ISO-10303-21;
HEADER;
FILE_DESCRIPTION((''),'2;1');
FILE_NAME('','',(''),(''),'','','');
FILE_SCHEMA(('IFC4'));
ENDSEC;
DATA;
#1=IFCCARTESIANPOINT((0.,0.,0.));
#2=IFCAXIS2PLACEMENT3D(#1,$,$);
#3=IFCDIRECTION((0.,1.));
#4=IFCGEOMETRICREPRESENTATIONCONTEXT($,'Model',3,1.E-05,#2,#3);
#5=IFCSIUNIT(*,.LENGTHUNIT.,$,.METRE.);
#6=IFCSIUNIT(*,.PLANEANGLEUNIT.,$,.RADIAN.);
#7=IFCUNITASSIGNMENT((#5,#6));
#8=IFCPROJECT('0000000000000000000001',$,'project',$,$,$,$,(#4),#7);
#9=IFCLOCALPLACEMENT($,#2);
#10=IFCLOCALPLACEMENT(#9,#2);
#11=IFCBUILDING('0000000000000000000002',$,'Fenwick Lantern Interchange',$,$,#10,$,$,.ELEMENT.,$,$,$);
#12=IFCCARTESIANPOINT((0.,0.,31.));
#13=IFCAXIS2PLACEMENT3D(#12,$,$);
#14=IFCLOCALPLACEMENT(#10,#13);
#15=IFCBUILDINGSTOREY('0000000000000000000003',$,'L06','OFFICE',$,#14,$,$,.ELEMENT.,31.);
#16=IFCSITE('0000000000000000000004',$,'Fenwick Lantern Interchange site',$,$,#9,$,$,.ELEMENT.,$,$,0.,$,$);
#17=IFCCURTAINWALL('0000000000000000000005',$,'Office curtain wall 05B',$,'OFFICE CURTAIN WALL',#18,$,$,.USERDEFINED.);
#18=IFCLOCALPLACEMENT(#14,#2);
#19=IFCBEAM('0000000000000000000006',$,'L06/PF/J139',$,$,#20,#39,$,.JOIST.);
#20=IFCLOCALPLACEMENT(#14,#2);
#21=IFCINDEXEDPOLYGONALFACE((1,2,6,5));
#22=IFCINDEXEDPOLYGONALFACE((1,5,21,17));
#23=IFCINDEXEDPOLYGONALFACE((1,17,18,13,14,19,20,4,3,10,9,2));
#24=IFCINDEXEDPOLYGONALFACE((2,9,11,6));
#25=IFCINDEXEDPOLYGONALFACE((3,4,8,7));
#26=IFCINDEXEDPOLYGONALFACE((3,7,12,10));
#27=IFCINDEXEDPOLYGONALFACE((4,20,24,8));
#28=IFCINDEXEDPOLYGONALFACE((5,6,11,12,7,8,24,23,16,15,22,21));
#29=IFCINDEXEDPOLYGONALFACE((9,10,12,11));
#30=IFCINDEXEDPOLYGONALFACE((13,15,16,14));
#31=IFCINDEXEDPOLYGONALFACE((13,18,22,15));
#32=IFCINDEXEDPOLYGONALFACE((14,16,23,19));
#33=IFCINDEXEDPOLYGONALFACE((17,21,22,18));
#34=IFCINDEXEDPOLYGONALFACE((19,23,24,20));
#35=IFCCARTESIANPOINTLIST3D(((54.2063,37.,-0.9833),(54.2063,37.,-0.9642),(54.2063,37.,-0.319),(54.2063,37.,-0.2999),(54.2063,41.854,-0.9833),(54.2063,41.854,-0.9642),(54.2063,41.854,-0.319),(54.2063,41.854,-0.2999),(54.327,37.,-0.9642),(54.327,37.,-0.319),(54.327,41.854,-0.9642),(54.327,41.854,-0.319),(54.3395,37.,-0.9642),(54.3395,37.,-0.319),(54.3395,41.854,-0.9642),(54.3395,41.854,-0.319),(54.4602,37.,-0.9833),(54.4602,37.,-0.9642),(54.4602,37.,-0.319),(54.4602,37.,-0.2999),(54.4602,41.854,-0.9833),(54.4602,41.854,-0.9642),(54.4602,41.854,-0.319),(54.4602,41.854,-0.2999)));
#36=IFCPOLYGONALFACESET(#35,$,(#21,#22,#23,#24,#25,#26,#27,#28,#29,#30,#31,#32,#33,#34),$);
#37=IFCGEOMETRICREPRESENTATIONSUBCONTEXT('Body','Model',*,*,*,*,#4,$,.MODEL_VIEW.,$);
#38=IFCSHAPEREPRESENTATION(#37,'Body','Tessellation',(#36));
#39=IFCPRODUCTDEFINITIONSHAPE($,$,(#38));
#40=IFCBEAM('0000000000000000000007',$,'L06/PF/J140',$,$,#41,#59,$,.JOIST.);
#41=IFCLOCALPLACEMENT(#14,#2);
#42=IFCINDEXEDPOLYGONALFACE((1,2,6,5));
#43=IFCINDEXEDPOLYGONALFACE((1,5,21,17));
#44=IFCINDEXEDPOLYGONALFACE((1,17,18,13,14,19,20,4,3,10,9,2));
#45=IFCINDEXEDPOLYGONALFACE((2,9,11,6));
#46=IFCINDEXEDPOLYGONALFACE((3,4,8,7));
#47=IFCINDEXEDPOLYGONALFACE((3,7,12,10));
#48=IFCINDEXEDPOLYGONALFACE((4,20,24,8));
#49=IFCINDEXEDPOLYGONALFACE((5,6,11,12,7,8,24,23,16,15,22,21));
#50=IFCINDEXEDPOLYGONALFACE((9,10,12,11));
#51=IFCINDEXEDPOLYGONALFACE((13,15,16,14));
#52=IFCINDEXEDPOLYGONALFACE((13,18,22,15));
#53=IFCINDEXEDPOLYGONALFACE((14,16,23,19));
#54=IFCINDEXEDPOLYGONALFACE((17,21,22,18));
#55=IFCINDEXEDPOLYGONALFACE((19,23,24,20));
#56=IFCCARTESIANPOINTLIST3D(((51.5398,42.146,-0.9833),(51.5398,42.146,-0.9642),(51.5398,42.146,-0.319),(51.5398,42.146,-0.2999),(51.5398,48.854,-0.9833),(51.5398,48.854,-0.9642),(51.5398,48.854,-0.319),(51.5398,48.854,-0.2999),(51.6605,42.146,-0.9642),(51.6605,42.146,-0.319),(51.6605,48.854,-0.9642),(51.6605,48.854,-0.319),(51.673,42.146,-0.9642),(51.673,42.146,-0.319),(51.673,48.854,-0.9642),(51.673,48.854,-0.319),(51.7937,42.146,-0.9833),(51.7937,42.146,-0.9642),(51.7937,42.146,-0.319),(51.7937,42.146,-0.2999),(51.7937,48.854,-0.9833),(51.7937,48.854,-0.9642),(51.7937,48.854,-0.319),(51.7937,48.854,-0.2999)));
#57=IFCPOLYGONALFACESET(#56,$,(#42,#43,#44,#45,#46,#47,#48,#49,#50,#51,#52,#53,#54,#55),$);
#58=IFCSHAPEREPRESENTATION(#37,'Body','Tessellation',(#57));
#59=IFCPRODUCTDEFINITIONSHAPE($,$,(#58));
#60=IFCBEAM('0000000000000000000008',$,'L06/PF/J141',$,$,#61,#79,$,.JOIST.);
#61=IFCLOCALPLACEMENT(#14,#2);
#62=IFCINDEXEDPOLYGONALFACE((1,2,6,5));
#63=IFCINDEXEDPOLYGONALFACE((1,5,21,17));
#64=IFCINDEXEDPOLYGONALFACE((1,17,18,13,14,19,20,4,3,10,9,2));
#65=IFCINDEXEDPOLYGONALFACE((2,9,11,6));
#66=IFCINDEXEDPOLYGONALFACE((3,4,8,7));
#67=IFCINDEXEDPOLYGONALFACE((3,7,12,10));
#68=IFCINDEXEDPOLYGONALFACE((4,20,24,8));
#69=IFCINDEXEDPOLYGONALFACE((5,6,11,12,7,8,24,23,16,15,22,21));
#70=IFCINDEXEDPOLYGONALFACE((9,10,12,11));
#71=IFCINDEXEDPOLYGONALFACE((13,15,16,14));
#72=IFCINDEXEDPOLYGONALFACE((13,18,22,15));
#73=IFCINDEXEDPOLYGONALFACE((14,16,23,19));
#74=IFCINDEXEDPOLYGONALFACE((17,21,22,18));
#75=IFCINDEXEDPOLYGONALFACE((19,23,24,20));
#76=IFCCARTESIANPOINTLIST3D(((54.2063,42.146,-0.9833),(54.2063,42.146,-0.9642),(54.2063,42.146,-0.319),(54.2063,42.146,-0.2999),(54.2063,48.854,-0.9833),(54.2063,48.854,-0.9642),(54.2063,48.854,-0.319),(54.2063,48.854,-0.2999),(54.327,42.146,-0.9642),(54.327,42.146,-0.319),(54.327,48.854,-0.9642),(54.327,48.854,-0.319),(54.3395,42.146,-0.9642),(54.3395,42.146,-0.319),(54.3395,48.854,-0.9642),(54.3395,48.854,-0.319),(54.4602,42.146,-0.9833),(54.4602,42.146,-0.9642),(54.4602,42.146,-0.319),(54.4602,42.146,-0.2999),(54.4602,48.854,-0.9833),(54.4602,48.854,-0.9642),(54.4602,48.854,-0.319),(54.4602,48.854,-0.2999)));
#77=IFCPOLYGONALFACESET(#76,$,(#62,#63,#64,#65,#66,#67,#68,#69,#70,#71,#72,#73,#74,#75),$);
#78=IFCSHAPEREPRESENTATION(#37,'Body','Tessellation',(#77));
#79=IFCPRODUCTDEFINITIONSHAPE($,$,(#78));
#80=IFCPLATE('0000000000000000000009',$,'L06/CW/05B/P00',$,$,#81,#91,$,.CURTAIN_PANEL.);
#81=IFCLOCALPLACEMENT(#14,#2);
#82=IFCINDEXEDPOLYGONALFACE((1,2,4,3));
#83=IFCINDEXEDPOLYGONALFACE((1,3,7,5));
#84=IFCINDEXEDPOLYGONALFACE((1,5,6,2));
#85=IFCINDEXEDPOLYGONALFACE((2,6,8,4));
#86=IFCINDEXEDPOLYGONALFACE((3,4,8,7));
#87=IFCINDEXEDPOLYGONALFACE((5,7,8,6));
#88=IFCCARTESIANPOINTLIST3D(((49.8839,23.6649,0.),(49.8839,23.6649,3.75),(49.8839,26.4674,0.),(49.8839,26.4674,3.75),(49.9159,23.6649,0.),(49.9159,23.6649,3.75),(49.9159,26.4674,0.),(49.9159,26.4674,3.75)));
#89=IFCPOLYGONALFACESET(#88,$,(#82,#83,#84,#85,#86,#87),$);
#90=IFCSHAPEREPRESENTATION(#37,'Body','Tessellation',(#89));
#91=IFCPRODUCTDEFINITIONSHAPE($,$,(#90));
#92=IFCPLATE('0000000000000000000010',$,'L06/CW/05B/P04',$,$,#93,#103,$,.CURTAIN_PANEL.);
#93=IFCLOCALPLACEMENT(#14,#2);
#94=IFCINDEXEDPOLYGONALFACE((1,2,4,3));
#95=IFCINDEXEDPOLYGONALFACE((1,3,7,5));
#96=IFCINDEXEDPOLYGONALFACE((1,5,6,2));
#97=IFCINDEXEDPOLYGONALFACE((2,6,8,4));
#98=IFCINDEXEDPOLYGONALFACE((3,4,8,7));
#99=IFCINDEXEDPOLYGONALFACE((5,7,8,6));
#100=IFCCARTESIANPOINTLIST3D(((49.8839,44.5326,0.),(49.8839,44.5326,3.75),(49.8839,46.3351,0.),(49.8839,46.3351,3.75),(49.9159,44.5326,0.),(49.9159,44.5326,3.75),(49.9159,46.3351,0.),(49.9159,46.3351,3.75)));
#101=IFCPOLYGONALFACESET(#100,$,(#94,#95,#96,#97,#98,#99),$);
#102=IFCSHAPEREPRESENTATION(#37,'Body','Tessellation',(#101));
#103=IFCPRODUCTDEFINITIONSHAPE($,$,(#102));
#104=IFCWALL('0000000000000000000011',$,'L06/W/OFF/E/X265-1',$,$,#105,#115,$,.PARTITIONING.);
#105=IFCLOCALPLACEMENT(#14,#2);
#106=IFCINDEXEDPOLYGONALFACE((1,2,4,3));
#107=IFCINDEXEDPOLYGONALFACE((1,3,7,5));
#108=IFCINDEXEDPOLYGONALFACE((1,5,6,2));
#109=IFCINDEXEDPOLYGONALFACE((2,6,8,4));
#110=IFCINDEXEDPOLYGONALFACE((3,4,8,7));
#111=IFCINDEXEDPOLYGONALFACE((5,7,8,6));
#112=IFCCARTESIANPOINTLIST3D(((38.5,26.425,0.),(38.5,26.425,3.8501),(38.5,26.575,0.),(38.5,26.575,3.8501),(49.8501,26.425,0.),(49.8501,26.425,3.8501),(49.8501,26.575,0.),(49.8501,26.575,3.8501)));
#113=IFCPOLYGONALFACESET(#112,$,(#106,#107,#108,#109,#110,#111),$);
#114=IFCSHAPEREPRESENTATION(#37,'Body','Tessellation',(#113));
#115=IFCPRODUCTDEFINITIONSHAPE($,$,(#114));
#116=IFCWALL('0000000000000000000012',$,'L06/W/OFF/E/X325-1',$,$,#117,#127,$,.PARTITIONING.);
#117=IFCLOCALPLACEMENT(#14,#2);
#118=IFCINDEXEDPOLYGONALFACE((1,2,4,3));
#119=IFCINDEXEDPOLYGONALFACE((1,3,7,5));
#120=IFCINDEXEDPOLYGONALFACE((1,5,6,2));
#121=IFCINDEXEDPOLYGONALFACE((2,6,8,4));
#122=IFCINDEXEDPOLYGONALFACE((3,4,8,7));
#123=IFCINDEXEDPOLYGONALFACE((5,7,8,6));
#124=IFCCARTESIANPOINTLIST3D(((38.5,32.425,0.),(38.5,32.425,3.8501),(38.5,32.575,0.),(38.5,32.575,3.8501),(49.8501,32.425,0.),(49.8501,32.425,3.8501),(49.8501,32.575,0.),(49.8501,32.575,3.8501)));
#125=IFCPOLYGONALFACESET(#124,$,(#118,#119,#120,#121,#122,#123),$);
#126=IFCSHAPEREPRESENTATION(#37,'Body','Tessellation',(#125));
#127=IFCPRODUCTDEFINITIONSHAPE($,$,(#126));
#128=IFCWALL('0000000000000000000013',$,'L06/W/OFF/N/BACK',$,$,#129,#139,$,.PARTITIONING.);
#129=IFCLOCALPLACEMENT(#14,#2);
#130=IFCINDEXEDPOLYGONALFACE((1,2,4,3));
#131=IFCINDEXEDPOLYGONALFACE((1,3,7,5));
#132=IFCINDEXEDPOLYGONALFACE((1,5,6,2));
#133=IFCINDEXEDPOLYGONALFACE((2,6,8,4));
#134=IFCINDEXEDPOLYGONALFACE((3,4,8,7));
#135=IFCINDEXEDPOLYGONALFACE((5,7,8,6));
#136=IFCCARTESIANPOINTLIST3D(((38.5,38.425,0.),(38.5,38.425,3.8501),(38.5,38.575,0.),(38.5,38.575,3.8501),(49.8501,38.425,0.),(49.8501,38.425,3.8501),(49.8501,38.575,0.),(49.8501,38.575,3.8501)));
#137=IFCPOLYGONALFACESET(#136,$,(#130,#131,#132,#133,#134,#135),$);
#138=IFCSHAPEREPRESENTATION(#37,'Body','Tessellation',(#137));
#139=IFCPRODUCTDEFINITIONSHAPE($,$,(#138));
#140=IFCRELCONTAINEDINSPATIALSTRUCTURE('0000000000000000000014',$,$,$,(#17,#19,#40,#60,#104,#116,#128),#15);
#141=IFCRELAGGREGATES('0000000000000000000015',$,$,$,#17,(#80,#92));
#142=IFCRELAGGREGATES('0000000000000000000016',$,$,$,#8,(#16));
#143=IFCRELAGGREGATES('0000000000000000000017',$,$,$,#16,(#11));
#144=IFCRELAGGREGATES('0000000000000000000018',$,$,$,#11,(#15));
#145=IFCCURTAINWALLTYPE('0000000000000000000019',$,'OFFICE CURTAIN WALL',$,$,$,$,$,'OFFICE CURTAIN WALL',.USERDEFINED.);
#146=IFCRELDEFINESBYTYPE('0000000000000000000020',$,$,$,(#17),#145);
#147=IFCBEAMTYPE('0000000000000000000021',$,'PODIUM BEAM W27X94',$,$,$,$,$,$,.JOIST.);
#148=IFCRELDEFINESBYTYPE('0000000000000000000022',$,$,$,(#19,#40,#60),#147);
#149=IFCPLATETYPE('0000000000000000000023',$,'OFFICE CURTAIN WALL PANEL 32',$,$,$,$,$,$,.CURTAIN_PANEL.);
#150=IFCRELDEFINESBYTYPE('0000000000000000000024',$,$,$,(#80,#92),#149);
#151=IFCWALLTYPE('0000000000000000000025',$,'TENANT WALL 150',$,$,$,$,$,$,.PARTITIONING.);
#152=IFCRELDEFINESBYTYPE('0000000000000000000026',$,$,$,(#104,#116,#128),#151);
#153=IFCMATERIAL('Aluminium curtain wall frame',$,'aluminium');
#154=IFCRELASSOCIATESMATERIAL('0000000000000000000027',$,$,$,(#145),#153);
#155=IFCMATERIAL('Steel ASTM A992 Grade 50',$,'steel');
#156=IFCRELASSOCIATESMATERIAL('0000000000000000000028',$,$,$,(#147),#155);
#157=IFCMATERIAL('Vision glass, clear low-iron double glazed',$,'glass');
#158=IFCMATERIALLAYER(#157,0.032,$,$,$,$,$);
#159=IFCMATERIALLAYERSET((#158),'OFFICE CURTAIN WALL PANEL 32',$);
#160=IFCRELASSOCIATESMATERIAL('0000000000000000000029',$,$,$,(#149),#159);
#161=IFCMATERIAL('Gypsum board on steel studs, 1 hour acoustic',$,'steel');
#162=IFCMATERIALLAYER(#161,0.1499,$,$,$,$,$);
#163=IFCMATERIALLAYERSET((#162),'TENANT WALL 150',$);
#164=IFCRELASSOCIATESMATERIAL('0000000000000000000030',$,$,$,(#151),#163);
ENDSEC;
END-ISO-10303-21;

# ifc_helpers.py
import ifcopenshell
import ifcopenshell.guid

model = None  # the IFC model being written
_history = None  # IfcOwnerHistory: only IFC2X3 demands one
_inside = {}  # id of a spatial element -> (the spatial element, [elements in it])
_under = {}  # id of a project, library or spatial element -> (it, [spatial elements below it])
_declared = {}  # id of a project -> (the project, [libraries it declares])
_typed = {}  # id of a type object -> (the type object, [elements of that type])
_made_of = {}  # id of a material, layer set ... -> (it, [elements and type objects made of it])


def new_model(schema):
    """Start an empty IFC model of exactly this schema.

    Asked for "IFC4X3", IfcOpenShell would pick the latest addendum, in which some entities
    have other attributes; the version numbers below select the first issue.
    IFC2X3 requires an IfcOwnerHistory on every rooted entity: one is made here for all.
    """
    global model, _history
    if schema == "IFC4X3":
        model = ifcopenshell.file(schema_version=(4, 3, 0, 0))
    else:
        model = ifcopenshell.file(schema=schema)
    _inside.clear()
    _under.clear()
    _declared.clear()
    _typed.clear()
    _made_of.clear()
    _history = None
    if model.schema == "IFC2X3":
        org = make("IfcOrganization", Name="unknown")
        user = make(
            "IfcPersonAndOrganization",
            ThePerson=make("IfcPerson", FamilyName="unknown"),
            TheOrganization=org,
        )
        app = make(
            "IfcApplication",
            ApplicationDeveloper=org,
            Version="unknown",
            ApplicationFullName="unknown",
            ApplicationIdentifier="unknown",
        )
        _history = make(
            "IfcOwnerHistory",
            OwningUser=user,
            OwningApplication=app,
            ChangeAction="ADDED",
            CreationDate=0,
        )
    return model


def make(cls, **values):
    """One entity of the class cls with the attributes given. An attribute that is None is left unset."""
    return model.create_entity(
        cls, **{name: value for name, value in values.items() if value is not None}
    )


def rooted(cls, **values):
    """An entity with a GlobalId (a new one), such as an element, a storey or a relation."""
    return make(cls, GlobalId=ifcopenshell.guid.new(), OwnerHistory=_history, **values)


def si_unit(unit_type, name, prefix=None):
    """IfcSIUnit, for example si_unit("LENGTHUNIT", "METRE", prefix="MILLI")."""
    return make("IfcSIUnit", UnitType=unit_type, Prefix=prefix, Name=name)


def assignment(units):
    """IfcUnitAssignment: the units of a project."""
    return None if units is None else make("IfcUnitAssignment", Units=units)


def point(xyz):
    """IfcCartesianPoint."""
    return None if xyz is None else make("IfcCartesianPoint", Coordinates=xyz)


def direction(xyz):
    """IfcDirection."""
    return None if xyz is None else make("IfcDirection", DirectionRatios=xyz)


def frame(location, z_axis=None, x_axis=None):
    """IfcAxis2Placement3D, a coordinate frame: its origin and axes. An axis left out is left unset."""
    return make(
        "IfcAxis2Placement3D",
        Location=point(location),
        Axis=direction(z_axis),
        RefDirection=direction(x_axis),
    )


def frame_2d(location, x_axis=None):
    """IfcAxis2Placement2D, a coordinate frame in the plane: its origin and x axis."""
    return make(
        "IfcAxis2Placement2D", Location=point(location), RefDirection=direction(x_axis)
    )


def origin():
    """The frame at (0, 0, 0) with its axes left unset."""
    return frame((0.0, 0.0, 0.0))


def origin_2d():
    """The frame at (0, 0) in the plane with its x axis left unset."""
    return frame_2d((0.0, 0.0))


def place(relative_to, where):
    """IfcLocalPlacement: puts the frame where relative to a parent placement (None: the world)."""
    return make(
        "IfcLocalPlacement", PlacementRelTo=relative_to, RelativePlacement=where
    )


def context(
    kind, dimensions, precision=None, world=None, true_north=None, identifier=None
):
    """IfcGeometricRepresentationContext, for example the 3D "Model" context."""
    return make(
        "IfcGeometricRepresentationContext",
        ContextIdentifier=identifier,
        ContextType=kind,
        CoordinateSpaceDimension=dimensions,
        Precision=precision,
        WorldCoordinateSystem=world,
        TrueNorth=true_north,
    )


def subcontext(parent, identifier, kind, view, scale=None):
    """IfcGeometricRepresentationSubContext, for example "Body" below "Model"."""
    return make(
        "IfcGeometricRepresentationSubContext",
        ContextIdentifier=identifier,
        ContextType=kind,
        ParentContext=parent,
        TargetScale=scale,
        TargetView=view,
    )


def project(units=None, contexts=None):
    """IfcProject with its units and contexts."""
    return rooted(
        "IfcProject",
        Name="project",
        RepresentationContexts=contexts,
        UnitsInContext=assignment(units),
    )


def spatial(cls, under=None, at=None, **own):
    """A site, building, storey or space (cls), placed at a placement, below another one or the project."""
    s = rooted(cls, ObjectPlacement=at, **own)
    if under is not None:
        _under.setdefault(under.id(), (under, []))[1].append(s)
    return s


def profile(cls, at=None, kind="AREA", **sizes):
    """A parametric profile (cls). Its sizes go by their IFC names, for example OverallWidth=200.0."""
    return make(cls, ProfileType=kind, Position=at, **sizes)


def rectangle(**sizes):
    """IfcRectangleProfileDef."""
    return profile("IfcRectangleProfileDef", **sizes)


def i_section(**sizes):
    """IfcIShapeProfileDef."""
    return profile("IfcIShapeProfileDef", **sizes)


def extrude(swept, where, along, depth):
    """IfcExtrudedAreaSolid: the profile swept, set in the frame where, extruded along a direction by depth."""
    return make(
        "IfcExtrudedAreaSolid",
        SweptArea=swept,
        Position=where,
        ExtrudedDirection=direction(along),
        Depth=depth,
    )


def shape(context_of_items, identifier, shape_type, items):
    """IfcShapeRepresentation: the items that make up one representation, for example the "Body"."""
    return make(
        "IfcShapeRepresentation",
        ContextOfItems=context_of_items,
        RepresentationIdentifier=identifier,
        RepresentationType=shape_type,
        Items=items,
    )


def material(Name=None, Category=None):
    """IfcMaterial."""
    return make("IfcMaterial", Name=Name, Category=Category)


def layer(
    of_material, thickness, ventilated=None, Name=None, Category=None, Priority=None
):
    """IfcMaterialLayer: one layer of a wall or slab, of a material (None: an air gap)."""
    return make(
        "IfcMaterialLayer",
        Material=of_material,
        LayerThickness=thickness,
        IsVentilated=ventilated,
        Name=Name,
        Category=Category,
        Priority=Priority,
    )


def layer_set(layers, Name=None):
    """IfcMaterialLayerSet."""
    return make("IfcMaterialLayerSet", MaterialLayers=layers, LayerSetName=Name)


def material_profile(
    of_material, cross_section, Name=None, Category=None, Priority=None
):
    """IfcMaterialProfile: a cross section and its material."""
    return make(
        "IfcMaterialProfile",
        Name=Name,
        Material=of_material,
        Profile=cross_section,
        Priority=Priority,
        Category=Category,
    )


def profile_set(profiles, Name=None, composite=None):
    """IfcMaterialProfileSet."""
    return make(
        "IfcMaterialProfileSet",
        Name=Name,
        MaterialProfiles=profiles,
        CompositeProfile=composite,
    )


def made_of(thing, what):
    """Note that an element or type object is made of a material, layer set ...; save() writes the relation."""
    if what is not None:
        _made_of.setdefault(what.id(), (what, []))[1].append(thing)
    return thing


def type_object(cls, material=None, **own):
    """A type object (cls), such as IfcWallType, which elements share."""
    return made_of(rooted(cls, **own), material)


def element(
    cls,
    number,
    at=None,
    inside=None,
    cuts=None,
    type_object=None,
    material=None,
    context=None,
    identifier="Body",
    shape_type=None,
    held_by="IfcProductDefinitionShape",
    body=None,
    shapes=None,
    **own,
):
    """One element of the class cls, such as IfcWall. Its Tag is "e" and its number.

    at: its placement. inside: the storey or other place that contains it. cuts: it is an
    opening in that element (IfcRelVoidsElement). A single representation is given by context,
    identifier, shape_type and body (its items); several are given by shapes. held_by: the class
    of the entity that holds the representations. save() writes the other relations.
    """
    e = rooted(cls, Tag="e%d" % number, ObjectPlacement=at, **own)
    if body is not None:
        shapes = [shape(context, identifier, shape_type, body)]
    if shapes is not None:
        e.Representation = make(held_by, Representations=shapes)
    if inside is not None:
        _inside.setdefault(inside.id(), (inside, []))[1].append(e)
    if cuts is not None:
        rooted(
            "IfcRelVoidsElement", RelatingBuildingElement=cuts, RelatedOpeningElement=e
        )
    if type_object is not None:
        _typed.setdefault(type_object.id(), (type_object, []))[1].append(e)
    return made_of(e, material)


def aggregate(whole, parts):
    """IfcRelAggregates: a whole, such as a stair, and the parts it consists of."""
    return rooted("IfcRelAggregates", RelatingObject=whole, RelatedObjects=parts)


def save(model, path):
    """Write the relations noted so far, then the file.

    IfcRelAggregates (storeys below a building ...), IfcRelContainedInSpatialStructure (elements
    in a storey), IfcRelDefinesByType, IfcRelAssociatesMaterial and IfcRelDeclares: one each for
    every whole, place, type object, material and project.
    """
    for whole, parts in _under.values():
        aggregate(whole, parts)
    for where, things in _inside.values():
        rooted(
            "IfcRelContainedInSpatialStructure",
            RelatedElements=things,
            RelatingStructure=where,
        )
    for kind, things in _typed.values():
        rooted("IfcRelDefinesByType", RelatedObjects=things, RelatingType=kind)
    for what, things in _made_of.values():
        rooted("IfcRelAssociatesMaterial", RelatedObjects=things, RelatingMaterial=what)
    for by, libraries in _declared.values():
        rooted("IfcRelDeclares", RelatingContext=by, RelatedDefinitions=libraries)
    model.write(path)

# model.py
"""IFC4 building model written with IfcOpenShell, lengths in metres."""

from ifc_helpers import new_model, si_unit, direction, frame, frame_2d, origin, origin_2d, place, context, subcontext, project, spatial, rectangle, i_section, extrude, material, layer, layer_set, material_profile, profile_set, type_object, element, aggregate, save


model = new_model("IFC4")

# Units and contexts
model_context = context("Model", 3, precision=1e-05, world=origin(), true_north=direction((0.0, 1.0)))
body_context = subcontext(model_context, "Body", "Model", "MODEL_VIEW")
ifc_project = project(units=[si_unit("LENGTHUNIT", "METRE"), si_unit("PLANEANGLEUNIT", "RADIAN")], contexts=[model_context])

# Site, building, storey
site_placement = place(None, origin())
site = spatial("IfcSite", under=ifc_project, at=site_placement, Name="Fenwick Lantern Interchange site", CompositionType="ELEMENT", RefElevation=0.0)
building_placement = place(site_placement, origin())
building = spatial("IfcBuilding", under=site, at=building_placement, Name="Fenwick Lantern Interchange", CompositionType="ELEMENT")
storey_placement = place(building_placement, frame((0.0, 0.0, 31.0)))
storey = spatial("IfcBuildingStorey", under=building, at=storey_placement, Name="L06", Description="OFFICE", CompositionType="ELEMENT", Elevation=31.0)

# Shared definitions
ifc_material_1 = material(Name="Steel ASTM A992 Grade 50", Category="steel")

# Curtain wall
ifc_material_2 = material(Name="Aluminium curtain wall frame", Category="aluminium")
curtain_wall_type = type_object("IfcCurtainWallType", Name="OFFICE CURTAIN WALL", ElementType="OFFICE CURTAIN WALL", PredefinedType="USERDEFINED", material=ifc_material_2)
curtain_wall_1_placement = place(storey_placement, origin())
curtain_wall_1 = element("IfcCurtainWall", 1, at=curtain_wall_1_placement, inside=storey, type_object=curtain_wall_type, Name="Office curtain wall 05B", ObjectType="OFFICE CURTAIN WALL", PredefinedType="USERDEFINED")

# Beams
ifc_material_profile_1 = material_profile(ifc_material_1, i_section(OverallWidth=0.2539, OverallDepth=0.6833, WebThickness=0.0125, FlangeThickness=0.019, at=origin_2d()), Name="W27X94")
ifc_profile_set_1 = profile_set([ifc_material_profile_1], Name="Steel ASTM A992 Grade 50")
beam_type_1 = type_object("IfcBeamType", Name="PODIUM BEAM W27X94", PredefinedType="JOIST", material=ifc_profile_set_1)
beam_1_placement = place(storey_placement, frame((54.3333, 37.0, -0.6416), z_axis=(0.0, 1.0, 0.0), x_axis=(-1.0, 0.0, 0.0)))
element("IfcBeam", 2, at=beam_1_placement, inside=storey, type_object=beam_type_1, Name="L06/PF/J139", PredefinedType="JOIST", context=body_context, shape_type="SweptSolid", body=[
    extrude(i_section(OverallWidth=0.2539, OverallDepth=0.6833, WebThickness=0.0125, FlangeThickness=0.019, at=origin_2d()), origin(), (0.0, 0.0, 1.0), 4.854),
])
for number, where, z_axis, x_axis, name in (
    (3, (51.6667, 42.146, -0.6416), (0.0, 1.0, 0.0), (-1.0, 0.0, 0.0), "L06/PF/J140"),
    (4, (54.3333, 42.146, -0.6416), (0.0, 1.0, 0.0), (-1.0, 0.0, 0.0), "L06/PF/J141"),
):
    element("IfcBeam", number, at=place(storey_placement, frame(where, z_axis=z_axis, x_axis=x_axis)), inside=storey, type_object=beam_type_1, Name=name, PredefinedType="JOIST", context=body_context, shape_type="SweptSolid", body=[
        extrude(i_section(OverallWidth=0.2539, OverallDepth=0.6833, WebThickness=0.0125, FlangeThickness=0.019, at=origin_2d()), origin(), (0.0, 0.0, 1.0), 6.708),
    ])

# Plates
ifc_material_3 = material(Name="Vision glass, clear low-iron double glazed", Category="glass")
ifc_layer_1 = layer(ifc_material_3, 0.032)
ifc_layer_set_1 = layer_set([ifc_layer_1], Name="OFFICE CURTAIN WALL PANEL 32")
plate_type = type_object("IfcPlateType", Name="OFFICE CURTAIN WALL PANEL 32", PredefinedType="CURTAIN_PANEL", material=ifc_layer_set_1)
plate_1_placement = place(storey_placement, frame((49.8999, 25.0662, 0.0), z_axis=(0.0, 0.0, 1.0), x_axis=(0.0, 1.0, 0.0)))
plate_1 = element("IfcPlate", 5, at=plate_1_placement, type_object=plate_type, Name="L06/CW/05B/P00", PredefinedType="CURTAIN_PANEL", context=body_context, shape_type="SweptSolid", body=[
    extrude(rectangle(XDim=2.8025, YDim=0.032, at=origin_2d()), origin(), (0.0, 0.0, 1.0), 3.75),
])
plate_2_placement = place(storey_placement, frame((49.8999, 45.4338, 0.0), z_axis=(0.0, 0.0, 1.0), x_axis=(0.0, 1.0, 0.0)))
plate_2 = element("IfcPlate", 6, at=plate_2_placement, type_object=plate_type, Name="L06/CW/05B/P04", PredefinedType="CURTAIN_PANEL", context=body_context, shape_type="SweptSolid", body=[
    extrude(rectangle(XDim=1.8025, YDim=0.032, at=origin_2d()), origin(), (0.0, 0.0, 1.0), 3.75),
])
aggregate(curtain_wall_1, [plate_1, plate_2])

# Walls
ifc_material_4 = material(Name="Gypsum board on steel studs, 1 hour acoustic", Category="steel")
ifc_layer_2 = layer(ifc_material_4, 0.1499)
ifc_layer_set_2 = layer_set([ifc_layer_2], Name="TENANT WALL 150")
wall_type = type_object("IfcWallType", Name="TENANT WALL 150", PredefinedType="PARTITIONING", material=ifc_layer_set_2)
for number, where, z_axis, x_axis, name in (
    (7, (49.8501, 26.5, 0.0), (0.0, 0.0, 1.0), (-1.0, 0.0, 0.0), "L06/W/OFF/E/X265-1"),
    (8, (49.8501, 32.5, 0.0), (0.0, 0.0, 1.0), (-1.0, 0.0, 0.0), "L06/W/OFF/E/X325-1"),
    (9, (49.8501, 38.5, 0.0), (0.0, 0.0, 1.0), (-1.0, 0.0, 0.0), "L06/W/OFF/N/BACK"),
):
    element("IfcWall", number, at=place(storey_placement, frame(where, z_axis=z_axis, x_axis=x_axis)), inside=storey, type_object=wall_type, Name=name, PredefinedType="PARTITIONING", context=body_context, shape_type="SweptSolid", body=[
        extrude(rectangle(XDim=11.3501, YDim=0.1499, at=frame_2d((5.675, 0.0))), origin(), (0.0, 0.0, 1.0), 3.8501),
    ])

save(model, "model.ifc")
